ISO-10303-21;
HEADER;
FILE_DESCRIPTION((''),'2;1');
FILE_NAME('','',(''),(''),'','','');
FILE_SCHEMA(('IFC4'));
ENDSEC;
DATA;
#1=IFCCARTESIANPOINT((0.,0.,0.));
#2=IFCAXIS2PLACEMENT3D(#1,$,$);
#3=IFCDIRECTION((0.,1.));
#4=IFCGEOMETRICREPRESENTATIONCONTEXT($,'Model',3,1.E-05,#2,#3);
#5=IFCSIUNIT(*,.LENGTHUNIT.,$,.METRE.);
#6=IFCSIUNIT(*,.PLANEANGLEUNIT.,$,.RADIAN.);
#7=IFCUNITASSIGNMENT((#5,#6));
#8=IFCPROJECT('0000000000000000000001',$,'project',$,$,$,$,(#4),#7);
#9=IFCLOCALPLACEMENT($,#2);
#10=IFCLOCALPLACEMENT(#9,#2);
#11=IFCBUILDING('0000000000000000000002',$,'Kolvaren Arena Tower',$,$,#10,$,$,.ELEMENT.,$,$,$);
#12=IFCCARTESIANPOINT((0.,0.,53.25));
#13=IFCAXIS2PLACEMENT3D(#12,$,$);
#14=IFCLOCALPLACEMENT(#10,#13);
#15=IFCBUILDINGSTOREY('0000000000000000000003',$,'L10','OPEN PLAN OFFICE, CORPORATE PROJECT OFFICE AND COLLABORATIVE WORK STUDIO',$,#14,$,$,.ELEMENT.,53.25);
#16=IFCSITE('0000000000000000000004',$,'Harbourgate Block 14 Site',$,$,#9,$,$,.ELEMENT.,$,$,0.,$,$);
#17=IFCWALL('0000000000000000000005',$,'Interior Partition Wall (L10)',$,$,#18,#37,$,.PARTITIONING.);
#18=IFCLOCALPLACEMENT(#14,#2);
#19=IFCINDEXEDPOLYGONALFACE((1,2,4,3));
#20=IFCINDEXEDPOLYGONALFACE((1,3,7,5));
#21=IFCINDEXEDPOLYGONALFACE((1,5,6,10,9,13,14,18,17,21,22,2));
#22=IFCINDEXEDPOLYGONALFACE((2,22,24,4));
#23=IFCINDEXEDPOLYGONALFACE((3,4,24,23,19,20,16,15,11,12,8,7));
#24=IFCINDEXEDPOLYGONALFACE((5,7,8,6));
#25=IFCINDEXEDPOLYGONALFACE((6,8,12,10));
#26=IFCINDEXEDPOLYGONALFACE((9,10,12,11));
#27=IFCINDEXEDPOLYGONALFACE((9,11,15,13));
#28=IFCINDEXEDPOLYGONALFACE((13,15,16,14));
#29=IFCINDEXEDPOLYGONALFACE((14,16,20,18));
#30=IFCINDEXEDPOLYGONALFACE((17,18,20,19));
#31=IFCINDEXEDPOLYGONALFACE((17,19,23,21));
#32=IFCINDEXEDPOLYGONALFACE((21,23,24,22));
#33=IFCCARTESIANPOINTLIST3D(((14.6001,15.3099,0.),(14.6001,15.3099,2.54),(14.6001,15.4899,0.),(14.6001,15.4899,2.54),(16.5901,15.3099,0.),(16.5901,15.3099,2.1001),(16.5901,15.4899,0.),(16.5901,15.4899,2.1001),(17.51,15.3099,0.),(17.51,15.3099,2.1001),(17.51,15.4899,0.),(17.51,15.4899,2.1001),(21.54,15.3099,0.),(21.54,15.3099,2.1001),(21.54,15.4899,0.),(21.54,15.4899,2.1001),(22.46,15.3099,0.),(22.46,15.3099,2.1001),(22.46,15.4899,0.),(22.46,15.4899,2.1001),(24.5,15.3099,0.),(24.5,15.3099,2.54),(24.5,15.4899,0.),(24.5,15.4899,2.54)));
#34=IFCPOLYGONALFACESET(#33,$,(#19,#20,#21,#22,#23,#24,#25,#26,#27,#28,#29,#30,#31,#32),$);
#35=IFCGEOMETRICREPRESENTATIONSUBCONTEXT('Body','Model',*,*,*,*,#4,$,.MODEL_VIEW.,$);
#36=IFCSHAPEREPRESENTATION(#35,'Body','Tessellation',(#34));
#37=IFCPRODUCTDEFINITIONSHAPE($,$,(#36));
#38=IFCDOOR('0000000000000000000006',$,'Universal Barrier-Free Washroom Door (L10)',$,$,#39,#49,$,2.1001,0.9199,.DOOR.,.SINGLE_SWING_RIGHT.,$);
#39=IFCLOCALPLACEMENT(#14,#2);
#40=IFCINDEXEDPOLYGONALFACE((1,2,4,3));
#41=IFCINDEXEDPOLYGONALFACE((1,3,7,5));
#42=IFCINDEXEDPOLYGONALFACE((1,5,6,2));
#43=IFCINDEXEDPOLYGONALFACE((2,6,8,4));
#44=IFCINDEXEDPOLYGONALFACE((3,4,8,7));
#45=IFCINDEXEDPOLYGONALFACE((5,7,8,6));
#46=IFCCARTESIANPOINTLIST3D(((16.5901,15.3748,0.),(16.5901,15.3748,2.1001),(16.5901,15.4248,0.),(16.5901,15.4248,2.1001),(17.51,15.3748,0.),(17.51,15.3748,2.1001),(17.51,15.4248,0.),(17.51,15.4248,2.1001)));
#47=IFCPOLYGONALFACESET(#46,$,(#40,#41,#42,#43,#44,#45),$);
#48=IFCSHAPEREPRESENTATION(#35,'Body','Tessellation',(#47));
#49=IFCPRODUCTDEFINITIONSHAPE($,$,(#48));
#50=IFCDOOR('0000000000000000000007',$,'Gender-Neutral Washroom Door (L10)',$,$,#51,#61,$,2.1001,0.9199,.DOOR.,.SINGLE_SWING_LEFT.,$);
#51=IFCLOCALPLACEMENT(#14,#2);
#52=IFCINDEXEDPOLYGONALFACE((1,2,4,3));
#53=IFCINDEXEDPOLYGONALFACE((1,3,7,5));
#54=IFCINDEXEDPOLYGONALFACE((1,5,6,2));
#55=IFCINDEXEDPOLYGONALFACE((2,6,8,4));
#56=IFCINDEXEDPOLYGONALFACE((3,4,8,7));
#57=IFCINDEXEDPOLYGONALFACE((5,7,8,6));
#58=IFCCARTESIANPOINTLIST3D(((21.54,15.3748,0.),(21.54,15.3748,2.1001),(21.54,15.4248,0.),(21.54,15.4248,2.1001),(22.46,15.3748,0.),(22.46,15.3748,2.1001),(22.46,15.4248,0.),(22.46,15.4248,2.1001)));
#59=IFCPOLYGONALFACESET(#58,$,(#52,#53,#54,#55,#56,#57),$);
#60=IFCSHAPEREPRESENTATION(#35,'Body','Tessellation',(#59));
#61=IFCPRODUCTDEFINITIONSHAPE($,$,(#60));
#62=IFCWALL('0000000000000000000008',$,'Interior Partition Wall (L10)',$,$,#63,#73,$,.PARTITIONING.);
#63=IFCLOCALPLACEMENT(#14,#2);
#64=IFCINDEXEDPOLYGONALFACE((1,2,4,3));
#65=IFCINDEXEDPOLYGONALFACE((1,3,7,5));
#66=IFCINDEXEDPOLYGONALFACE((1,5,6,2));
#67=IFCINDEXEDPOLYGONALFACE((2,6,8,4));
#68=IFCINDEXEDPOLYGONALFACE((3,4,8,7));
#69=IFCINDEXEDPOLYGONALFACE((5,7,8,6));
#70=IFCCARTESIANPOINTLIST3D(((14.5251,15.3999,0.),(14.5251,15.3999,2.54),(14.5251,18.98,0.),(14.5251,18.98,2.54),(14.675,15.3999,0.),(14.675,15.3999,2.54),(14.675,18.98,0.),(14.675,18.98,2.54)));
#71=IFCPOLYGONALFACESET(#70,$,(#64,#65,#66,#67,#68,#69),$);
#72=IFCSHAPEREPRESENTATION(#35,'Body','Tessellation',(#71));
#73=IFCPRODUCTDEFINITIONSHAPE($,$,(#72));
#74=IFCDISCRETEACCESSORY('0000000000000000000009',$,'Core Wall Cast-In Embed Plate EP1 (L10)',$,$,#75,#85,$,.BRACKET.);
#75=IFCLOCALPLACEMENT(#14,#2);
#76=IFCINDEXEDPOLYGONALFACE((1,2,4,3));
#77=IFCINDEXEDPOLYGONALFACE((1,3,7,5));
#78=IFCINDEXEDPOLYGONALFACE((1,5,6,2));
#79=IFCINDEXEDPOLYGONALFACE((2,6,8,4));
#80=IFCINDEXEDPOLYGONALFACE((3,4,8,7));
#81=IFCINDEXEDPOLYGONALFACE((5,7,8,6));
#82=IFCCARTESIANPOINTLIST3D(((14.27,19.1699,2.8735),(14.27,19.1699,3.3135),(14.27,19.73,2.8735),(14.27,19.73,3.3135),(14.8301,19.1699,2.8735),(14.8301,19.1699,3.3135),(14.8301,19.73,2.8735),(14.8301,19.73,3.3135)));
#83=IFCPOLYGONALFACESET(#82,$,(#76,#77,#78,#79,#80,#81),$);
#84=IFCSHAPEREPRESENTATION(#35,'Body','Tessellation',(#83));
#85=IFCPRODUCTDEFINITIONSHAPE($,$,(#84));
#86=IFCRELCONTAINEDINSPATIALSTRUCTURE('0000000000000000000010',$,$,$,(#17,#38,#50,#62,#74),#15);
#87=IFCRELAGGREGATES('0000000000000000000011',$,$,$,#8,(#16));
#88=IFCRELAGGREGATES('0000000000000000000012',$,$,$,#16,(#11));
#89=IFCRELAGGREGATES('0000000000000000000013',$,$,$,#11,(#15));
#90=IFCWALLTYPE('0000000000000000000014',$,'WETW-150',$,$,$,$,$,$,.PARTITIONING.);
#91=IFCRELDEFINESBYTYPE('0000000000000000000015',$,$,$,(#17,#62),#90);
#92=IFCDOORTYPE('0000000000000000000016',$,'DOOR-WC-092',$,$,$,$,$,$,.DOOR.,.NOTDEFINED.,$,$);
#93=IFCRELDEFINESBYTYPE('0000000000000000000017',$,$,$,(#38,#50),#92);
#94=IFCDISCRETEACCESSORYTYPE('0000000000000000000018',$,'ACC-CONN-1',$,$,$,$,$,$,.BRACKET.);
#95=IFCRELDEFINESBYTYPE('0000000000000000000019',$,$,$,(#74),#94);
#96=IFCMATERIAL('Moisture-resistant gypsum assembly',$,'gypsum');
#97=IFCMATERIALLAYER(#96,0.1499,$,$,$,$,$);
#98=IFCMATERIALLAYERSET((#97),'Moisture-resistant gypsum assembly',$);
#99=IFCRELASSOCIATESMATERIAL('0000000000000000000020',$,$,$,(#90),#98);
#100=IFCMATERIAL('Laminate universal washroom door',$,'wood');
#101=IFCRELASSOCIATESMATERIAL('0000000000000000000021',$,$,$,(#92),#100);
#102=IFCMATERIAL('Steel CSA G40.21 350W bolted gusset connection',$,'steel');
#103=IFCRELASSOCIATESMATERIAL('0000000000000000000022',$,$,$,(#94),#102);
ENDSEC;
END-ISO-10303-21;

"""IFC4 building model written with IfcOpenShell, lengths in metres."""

from ifc_helpers import new_model, si_unit, direction, frame, frame_2d, origin, origin_2d, place, context, subcontext, project, spatial, rectangle, extrude, material, layer, layer_set, type_object, element, fill, save


model = new_model("IFC4")

# Units and contexts
model_context = context("Model", 3, precision=1e-05, world=origin(), true_north=direction((0.0, 1.0)))
body_context = subcontext(model_context, "Body", "Model", "MODEL_VIEW")
ifc_project = project(units=[si_unit("LENGTHUNIT", "METRE"), si_unit("PLANEANGLEUNIT", "RADIAN")], contexts=[model_context])

# Site, building, storey
site_placement = place(None, origin())
site = spatial("IfcSite", under=ifc_project, at=site_placement, Name="Harbourgate Block 14 Site", CompositionType="ELEMENT", RefElevation=0.0)
building_placement = place(site_placement, origin())
building = spatial("IfcBuilding", under=site, at=building_placement, Name="Kolvaren Arena Tower", CompositionType="ELEMENT")
storey_placement = place(building_placement, frame((0.0, 0.0, 53.25)))
storey = spatial("IfcBuildingStorey", under=building, at=storey_placement, Name="L10", Description="OPEN PLAN OFFICE, CORPORATE PROJECT OFFICE AND COLLABORATIVE WORK STUDIO", CompositionType="ELEMENT", Elevation=53.25)

# Wall, openings, doors
ifc_material_1 = material(Name="Moisture-resistant gypsum assembly", Category="gypsum")
ifc_layer_1 = layer(ifc_material_1, 0.1499)
ifc_layer_set_1 = layer_set([ifc_layer_1], Name="Moisture-resistant gypsum assembly")
wall_type_1 = type_object("IfcWallType", Name="WETW-150", PredefinedType="PARTITIONING", material=ifc_layer_set_1)
wall_1_placement = place(storey_placement, frame((14.6001, 15.3999, 0.0), z_axis=(0.0, 0.0, 1.0), x_axis=(1.0, 0.0, 0.0)))
wall_1 = element("IfcWall", 1, at=wall_1_placement, inside=storey, type_object=wall_type_1, Name="Interior Partition Wall (L10)", PredefinedType="PARTITIONING", context=body_context, shape_type="SweptSolid", body=[
    extrude(rectangle(XDim=9.8999, YDim=0.1799, at=frame_2d((4.95, 0.0))), origin(), (0.0, 0.0, 1.0), 2.54),
])
opening_1_placement = place(wall_1_placement, frame((1.99, 0.0, 0.0)))
opening_1 = element("IfcOpeningElement", 2, at=opening_1_placement, cuts=wall_1, PredefinedType="OPENING", context=body_context, shape_type="SweptSolid", body=[
    extrude(rectangle(XDim=0.9199, YDim=2.1001, at=frame_2d((0.46, 1.05))), frame((0.0, 0.0999, 0.0), z_axis=(0.0, -1.0, 0.0), x_axis=(1.0, 0.0, 0.0)), (0.0, 0.0, 1.0), 0.2),
])
opening_2_placement = place(wall_1_placement, frame((6.9399, 0.0, 0.0)))
opening_2 = element("IfcOpeningElement", 3, at=opening_2_placement, cuts=wall_1, PredefinedType="OPENING", context=body_context, shape_type="SweptSolid", body=[
    extrude(rectangle(XDim=0.9199, YDim=2.1001, at=frame_2d((0.46, 1.05))), frame((0.0, 0.0999, 0.0), z_axis=(0.0, -1.0, 0.0), x_axis=(1.0, 0.0, 0.0)), (0.0, 0.0, 1.0), 0.2),
])
ifc_material_2 = material(Name="Laminate universal washroom door", Category="wood")
door_type_1 = type_object("IfcDoorType", Name="DOOR-WC-092", OperationType="NOTDEFINED", PredefinedType="DOOR", material=ifc_material_2)
door_1_placement = place(opening_1_placement, origin())
door_1 = element("IfcDoor", 4, at=door_1_placement, inside=storey, type_object=door_type_1, Name="Universal Barrier-Free Washroom Door (L10)", OperationType="SINGLE_SWING_RIGHT", OverallHeight=2.1001, OverallWidth=0.9199, PredefinedType="DOOR", context=body_context, shape_type="SweptSolid", body=[
    extrude(rectangle(XDim=0.9199, YDim=2.1001, at=frame_2d((0.46, 1.05))), frame((0.0, 0.0249, 0.0), z_axis=(0.0, -1.0, 0.0), x_axis=(1.0, 0.0, 0.0)), (0.0, 0.0, 1.0), 0.05),
])
fill(opening_1, door_1)
door_2_placement = place(opening_2_placement, origin())
door_2 = element("IfcDoor", 5, at=door_2_placement, inside=storey, type_object=door_type_1, Name="Gender-Neutral Washroom Door (L10)", OperationType="SINGLE_SWING_LEFT", OverallHeight=2.1001, OverallWidth=0.9199, PredefinedType="DOOR", context=body_context, shape_type="SweptSolid", body=[
    extrude(rectangle(XDim=0.9199, YDim=2.1001, at=frame_2d((0.46, 1.05))), frame((0.0, 0.0249, 0.0), z_axis=(0.0, -1.0, 0.0), x_axis=(1.0, 0.0, 0.0)), (0.0, 0.0, 1.0), 0.05),
])
fill(opening_2, door_2)

# Wall
wall_2_placement = place(storey_placement, frame((14.6001, 15.3999, 0.0), z_axis=(0.0, 0.0, 1.0), x_axis=(0.0, 1.0, 0.0)))
element("IfcWall", 6, at=wall_2_placement, inside=storey, type_object=wall_type_1, Name="Interior Partition Wall (L10)", PredefinedType="PARTITIONING", context=body_context, shape_type="SweptSolid", body=[
    extrude(rectangle(XDim=3.5801, YDim=0.1499, at=frame_2d((1.79, 0.0))), origin(), (0.0, 0.0, 1.0), 2.54),
])

# Discrete accessory
ifc_material_3 = material(Name="Steel CSA G40.21 350W bolted gusset connection", Category="steel")
discrete_accessory_type = type_object("IfcDiscreteAccessoryType", Name="ACC-CONN-1", PredefinedType="BRACKET", material=ifc_material_3)
discrete_accessory_placement = place(storey_placement, frame((14.55, 19.45, 2.8735), z_axis=(0.0, 0.0, 1.0), x_axis=(1.0, 0.0, 0.0)))
element("IfcDiscreteAccessory", 7, at=discrete_accessory_placement, inside=storey, type_object=discrete_accessory_type, Name="Core Wall Cast-In Embed Plate EP1 (L10)", PredefinedType="BRACKET", context=body_context, shape_type="SweptSolid", body=[
    extrude(rectangle(XDim=0.5601, YDim=0.5601, at=origin_2d()), origin(), (0.0, 0.0, 1.0), 0.4399),
])

save(model, "model.ifc")
